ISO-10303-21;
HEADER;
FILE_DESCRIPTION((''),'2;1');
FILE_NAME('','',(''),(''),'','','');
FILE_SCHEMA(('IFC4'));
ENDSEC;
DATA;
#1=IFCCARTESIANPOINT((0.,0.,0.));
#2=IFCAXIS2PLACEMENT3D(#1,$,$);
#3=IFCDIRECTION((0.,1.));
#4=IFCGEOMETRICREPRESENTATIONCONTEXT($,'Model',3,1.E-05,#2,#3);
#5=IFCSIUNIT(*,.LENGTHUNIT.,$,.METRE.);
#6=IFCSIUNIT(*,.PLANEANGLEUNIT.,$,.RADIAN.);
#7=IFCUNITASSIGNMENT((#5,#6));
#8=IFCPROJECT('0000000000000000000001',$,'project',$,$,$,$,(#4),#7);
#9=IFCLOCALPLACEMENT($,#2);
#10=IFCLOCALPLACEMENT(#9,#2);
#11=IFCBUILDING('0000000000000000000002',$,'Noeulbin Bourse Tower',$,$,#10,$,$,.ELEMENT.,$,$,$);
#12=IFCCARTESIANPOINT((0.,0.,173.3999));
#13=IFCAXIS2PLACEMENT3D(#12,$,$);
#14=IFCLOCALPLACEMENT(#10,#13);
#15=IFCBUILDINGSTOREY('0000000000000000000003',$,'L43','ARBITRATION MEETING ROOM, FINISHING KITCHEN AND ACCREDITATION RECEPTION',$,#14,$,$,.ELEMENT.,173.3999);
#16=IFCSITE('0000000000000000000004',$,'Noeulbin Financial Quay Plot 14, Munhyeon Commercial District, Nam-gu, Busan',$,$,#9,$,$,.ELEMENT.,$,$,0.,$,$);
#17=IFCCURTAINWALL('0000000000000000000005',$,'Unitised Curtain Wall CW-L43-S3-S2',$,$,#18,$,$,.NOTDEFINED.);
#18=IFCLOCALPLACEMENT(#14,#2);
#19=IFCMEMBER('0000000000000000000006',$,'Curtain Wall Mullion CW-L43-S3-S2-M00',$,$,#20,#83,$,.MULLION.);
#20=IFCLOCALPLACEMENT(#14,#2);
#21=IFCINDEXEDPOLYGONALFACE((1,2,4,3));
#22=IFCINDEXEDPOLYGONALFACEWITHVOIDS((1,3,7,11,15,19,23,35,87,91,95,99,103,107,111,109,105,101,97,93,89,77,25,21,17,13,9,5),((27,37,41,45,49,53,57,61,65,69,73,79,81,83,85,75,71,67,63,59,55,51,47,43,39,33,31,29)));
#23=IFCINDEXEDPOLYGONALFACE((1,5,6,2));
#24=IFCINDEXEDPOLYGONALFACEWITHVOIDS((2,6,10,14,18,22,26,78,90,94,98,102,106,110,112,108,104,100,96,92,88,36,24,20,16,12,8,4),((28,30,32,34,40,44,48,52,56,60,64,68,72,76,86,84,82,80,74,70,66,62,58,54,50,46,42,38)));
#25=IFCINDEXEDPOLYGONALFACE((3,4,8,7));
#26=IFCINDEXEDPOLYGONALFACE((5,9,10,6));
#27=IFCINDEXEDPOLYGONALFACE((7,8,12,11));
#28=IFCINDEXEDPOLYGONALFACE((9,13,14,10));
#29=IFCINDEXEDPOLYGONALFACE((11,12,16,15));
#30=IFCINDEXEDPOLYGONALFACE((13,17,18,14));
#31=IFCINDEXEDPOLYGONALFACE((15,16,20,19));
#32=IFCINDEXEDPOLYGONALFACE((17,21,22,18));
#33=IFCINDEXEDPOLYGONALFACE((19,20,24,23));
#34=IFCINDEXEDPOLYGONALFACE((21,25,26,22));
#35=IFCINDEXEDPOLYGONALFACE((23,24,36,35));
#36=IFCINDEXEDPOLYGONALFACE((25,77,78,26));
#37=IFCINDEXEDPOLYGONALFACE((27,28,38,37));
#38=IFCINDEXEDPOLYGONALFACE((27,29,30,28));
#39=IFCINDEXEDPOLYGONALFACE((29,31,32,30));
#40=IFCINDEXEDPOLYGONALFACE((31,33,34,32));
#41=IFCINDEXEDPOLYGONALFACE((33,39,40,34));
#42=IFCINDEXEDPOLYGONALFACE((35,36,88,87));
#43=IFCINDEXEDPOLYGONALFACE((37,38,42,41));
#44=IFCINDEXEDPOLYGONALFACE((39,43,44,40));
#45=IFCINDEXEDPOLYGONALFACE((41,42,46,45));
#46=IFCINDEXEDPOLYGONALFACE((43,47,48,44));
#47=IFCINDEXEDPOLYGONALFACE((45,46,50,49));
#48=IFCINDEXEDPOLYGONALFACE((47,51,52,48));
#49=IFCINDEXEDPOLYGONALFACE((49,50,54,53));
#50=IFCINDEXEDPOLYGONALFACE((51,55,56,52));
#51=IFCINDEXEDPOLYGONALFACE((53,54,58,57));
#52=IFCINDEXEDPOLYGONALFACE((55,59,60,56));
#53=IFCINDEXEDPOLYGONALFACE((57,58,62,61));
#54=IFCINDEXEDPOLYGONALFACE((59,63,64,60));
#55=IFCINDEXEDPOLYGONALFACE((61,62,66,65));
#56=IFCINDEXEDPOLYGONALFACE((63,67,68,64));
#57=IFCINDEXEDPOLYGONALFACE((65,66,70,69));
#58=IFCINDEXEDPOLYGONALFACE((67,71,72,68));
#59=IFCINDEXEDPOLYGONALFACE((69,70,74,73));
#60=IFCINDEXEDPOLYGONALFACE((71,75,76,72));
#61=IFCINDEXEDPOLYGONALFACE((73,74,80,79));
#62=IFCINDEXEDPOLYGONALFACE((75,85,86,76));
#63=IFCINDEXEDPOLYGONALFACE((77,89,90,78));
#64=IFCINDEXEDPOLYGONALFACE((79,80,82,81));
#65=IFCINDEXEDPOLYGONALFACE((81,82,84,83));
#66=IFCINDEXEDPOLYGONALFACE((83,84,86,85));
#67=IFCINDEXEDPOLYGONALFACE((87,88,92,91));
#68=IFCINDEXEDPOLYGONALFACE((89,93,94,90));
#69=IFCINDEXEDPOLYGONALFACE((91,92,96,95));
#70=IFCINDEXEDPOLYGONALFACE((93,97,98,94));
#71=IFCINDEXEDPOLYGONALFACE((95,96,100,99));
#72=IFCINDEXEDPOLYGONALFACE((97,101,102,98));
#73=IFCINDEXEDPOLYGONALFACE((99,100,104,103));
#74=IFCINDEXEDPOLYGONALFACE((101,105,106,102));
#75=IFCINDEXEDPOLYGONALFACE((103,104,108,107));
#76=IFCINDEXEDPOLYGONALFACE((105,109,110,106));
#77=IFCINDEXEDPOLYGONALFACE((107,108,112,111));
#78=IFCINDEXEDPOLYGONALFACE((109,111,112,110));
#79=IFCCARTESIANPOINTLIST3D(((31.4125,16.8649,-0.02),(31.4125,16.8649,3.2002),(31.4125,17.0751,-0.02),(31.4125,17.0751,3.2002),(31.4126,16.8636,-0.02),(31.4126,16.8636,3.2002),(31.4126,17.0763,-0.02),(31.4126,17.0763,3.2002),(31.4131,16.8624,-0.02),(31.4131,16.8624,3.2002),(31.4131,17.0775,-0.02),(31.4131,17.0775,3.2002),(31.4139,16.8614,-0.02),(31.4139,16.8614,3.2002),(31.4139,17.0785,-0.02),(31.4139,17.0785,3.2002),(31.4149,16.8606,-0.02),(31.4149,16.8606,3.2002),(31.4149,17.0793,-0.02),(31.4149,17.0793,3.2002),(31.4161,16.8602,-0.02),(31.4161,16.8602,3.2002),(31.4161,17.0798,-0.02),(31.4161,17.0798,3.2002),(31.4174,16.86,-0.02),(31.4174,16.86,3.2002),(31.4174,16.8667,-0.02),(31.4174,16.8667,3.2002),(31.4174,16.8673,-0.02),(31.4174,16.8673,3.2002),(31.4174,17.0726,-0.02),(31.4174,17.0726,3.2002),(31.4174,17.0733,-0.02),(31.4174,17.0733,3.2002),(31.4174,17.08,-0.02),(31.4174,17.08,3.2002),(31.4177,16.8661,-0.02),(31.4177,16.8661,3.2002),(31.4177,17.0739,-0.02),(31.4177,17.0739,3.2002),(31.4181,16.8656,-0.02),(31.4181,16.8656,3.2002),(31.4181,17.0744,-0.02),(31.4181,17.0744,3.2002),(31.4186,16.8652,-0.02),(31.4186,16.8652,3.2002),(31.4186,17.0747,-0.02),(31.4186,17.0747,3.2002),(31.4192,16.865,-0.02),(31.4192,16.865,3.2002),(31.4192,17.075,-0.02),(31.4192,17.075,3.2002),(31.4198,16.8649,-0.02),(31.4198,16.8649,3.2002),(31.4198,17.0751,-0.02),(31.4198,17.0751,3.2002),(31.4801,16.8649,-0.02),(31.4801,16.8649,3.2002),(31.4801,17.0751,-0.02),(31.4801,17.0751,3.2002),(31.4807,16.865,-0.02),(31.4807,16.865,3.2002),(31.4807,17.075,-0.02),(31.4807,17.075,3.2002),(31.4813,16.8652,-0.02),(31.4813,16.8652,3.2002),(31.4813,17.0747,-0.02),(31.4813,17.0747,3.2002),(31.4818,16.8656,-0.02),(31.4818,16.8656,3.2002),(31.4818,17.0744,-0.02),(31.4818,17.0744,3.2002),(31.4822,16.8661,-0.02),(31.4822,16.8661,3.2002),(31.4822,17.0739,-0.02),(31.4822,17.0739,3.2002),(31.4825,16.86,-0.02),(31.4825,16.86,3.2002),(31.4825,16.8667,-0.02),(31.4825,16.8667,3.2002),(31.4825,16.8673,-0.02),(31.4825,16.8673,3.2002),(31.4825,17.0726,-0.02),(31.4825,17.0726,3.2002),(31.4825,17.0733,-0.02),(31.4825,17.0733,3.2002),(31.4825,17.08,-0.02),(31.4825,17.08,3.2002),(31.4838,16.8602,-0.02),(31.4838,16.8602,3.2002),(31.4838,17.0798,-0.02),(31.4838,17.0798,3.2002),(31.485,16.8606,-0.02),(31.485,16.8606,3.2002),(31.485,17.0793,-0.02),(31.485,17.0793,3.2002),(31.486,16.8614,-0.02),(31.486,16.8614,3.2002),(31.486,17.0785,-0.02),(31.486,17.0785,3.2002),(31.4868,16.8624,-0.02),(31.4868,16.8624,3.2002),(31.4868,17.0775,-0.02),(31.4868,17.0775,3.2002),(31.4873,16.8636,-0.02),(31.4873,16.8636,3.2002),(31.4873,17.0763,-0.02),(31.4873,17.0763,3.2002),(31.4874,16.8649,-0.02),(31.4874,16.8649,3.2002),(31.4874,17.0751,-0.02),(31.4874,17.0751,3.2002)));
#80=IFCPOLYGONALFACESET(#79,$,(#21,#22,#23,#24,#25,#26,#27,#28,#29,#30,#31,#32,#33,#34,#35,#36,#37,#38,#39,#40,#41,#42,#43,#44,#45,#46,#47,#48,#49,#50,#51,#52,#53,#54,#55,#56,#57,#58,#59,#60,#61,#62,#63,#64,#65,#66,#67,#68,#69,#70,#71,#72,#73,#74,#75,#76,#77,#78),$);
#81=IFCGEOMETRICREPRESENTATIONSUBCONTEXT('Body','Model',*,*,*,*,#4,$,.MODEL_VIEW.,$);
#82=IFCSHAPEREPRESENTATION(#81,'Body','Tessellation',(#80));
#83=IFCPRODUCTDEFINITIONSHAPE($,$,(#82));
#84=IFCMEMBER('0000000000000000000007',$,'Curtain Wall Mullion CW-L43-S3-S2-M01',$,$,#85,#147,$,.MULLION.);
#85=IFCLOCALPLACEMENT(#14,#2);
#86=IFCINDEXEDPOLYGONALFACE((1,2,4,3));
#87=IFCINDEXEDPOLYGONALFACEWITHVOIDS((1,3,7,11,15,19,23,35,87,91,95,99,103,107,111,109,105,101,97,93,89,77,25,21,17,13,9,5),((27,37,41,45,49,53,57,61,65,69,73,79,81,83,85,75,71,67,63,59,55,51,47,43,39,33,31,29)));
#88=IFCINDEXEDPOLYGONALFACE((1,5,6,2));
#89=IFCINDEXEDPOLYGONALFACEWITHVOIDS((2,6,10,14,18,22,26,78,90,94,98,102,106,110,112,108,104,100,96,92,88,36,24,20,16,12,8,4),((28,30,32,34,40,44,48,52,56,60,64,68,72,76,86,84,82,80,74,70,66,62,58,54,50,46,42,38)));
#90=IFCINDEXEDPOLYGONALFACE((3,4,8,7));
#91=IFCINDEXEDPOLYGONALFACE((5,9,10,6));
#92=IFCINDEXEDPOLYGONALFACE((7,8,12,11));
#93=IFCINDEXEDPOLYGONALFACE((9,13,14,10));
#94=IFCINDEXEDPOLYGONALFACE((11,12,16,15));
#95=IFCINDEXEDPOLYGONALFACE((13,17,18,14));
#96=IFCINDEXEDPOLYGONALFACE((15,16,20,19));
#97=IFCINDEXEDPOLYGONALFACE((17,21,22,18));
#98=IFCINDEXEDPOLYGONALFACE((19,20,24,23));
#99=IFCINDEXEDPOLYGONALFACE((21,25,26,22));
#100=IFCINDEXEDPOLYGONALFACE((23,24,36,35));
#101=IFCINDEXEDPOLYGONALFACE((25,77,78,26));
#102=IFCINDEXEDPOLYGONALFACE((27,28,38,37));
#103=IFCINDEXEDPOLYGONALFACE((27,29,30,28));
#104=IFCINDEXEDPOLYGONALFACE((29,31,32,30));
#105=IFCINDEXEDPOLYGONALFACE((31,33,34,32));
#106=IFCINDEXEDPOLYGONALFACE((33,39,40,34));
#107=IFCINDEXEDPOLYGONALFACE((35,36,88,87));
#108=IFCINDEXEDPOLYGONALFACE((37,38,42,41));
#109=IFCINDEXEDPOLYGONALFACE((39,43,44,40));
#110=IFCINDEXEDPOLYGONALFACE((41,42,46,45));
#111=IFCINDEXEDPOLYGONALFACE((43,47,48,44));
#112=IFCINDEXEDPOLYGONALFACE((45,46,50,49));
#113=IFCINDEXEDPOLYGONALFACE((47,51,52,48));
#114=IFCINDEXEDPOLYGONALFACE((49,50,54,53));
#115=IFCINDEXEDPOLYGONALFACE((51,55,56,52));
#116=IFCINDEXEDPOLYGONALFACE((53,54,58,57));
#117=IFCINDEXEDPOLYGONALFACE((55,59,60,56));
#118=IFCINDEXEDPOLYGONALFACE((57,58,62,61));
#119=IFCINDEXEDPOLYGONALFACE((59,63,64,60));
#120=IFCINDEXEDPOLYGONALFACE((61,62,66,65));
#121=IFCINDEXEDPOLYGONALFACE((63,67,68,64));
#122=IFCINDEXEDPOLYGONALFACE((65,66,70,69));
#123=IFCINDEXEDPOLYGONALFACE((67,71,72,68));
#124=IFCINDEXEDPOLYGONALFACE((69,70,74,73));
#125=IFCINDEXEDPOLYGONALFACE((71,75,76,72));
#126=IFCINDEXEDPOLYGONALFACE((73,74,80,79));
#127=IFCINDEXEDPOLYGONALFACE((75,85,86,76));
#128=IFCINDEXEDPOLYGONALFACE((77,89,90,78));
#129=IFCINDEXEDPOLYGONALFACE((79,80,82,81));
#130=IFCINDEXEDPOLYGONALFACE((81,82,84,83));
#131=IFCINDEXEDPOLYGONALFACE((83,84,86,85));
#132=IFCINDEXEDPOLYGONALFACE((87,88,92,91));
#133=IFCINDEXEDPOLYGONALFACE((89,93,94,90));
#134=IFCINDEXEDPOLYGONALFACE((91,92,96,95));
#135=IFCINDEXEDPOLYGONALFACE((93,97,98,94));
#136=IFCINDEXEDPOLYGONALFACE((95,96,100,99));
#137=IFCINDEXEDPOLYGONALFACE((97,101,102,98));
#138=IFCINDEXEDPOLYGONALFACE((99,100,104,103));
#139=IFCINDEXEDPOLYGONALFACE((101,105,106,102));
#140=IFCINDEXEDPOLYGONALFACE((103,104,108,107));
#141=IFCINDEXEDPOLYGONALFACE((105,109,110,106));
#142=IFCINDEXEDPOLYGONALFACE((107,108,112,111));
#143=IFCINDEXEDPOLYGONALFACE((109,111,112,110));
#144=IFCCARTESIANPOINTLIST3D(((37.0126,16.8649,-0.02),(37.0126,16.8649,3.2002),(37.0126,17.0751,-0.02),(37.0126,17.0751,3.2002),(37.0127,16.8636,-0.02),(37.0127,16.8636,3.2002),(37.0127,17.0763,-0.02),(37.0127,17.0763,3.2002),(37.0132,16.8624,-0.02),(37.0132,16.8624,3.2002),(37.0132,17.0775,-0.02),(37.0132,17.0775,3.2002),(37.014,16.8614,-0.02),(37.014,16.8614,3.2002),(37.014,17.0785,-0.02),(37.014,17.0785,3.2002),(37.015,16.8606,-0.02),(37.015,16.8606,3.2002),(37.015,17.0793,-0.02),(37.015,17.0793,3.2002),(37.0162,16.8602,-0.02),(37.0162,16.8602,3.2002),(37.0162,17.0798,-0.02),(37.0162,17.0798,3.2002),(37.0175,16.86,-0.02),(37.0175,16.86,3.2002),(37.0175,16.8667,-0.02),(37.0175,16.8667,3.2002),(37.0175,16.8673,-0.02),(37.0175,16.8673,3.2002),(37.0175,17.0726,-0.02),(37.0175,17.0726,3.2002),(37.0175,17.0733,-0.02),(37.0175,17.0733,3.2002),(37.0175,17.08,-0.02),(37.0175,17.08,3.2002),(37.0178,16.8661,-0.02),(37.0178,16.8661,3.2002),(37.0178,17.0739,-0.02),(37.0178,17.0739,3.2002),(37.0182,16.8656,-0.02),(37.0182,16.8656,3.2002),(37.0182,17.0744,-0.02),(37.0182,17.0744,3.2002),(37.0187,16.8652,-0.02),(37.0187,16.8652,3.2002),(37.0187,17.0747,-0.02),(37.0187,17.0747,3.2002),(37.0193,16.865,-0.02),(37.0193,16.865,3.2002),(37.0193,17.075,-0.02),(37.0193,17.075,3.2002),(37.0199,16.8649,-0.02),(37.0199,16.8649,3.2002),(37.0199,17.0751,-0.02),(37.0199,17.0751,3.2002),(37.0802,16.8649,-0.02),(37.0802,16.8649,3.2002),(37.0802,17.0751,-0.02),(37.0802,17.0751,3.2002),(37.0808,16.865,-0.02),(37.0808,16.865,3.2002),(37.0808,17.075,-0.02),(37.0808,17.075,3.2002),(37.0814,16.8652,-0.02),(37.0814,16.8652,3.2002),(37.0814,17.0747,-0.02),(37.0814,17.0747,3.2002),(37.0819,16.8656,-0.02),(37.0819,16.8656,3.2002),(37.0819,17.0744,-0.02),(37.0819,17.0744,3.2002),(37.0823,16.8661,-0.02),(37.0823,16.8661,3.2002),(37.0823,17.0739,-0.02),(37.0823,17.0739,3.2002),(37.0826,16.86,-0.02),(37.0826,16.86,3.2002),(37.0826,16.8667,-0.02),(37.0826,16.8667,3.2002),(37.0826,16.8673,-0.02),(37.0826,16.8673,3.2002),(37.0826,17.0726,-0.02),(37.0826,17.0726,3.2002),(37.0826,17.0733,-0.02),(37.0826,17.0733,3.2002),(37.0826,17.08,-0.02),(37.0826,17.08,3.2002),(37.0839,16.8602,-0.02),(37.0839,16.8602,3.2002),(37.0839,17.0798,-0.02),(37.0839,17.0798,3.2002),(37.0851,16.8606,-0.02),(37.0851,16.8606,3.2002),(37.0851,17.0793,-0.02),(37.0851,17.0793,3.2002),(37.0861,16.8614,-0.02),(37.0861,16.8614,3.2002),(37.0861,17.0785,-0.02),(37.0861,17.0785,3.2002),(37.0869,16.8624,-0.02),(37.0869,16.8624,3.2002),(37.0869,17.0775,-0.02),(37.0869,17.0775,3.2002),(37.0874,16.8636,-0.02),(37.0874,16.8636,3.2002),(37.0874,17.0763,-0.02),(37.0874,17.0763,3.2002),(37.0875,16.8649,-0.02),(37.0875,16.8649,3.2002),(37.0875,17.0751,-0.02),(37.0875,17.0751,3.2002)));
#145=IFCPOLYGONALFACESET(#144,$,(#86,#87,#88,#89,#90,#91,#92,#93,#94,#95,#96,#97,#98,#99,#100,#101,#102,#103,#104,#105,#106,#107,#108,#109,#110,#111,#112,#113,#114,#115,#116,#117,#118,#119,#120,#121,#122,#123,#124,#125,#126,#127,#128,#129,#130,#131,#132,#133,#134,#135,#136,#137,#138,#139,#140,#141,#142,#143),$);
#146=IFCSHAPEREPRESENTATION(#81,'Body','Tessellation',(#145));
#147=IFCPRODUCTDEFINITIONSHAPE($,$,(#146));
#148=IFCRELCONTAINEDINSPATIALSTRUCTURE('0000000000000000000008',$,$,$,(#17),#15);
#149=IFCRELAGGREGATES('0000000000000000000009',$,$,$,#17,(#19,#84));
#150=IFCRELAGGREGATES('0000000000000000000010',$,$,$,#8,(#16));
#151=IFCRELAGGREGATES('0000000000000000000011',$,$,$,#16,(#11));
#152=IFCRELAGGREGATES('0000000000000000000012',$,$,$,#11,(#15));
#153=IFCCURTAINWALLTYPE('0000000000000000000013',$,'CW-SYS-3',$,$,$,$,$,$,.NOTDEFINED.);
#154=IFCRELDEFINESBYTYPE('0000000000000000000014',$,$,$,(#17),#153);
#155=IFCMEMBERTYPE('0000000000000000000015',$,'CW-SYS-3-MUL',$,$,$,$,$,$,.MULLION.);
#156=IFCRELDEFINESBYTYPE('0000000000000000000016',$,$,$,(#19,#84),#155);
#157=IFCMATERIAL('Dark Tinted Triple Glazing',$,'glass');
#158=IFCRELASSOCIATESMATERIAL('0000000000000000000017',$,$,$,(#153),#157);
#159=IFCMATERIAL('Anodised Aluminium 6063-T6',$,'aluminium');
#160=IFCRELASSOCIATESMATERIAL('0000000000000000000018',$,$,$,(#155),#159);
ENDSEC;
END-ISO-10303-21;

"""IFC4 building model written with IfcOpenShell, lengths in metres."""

from ifc_helpers import new_model, si_unit, direction, frame, origin, origin_2d, place, context, subcontext, project, spatial, hollow_rectangle, extrude, material, material_profile, profile_set, type_object, element, aggregate, save


model = new_model("IFC4")

# Units and contexts
model_context = context("Model", 3, precision=1e-05, world=origin(), true_north=direction((0.0, 1.0)))
body_context = subcontext(model_context, "Body", "Model", "MODEL_VIEW")
ifc_project = project(units=[si_unit("LENGTHUNIT", "METRE"), si_unit("PLANEANGLEUNIT", "RADIAN")], contexts=[model_context])

# Site, building, storey
site_placement = place(None, origin())
site = spatial("IfcSite", under=ifc_project, at=site_placement, Name="Noeulbin Financial Quay Plot 14, Munhyeon Commercial District, Nam-gu, Busan", CompositionType="ELEMENT", RefElevation=0.0)
building_placement = place(site_placement, origin())
building = spatial("IfcBuilding", under=site, at=building_placement, Name="Noeulbin Bourse Tower", CompositionType="ELEMENT")
storey_placement = place(building_placement, frame((0.0, 0.0, 173.3999)))
storey = spatial("IfcBuildingStorey", under=building, at=storey_placement, Name="L43", Description="ARBITRATION MEETING ROOM, FINISHING KITCHEN AND ACCREDITATION RECEPTION", CompositionType="ELEMENT", Elevation=173.3999)

# Shared definitions
ifc_material_1 = material(Name="Dark Tinted Triple Glazing", Category="glass")
curtain_wall_type = type_object("IfcCurtainWallType", Name="CW-SYS-3", PredefinedType="NOTDEFINED", material=ifc_material_1)
ifc_material_2 = material(Name="Anodised Aluminium 6063-T6", Category="aluminium")
ifc_material_profile_1 = material_profile(ifc_material_2, hollow_rectangle(XDim=0.075, YDim=0.22, WallThickness=0.0049, InnerFilletRadius=0.0024, OuterFilletRadius=0.0049, at=origin_2d()), Name="ALU-MULL-75x220x5", Category="LoadBearing")
ifc_profile_set_1 = profile_set([ifc_material_profile_1], Name="Anodised Aluminium 6063-T6")
member_type_1 = type_object("IfcMemberType", Name="CW-SYS-3-MUL", PredefinedType="MULLION", material=ifc_profile_set_1)

# Curtain wall, members
curtain_wall_1_placement = place(storey_placement, origin())
curtain_wall_1 = element("IfcCurtainWall", 1, at=curtain_wall_1_placement, inside=storey, type_object=curtain_wall_type, Name="Unitised Curtain Wall CW-L43-S3-S2", PredefinedType="NOTDEFINED")
member_1_placement = place(storey_placement, frame((31.45, 16.97, -0.02), z_axis=(0.0, 0.0, 1.0), x_axis=(1.0, 0.0, 0.0)))
member_1 = element("IfcMember", 2, at=member_1_placement, type_object=member_type_1, Name="Curtain Wall Mullion CW-L43-S3-S2-M00", PredefinedType="MULLION", context=body_context, shape_type="SweptSolid", body=[
    extrude(hollow_rectangle(XDim=0.075, YDim=0.22, WallThickness=0.0049, InnerFilletRadius=0.0024, OuterFilletRadius=0.0049, at=origin_2d()), origin(), (0.0, 0.0, 1.0), 3.2202),
])
member_2_placement = place(storey_placement, frame((37.05, 16.97, -0.02), z_axis=(0.0, 0.0, 1.0), x_axis=(1.0, 0.0, 0.0)))
member_2 = element("IfcMember", 3, at=member_2_placement, type_object=member_type_1, Name="Curtain Wall Mullion CW-L43-S3-S2-M01", PredefinedType="MULLION", context=body_context, shape_type="SweptSolid", body=[
    extrude(hollow_rectangle(XDim=0.075, YDim=0.22, WallThickness=0.0049, InnerFilletRadius=0.0024, OuterFilletRadius=0.0049, at=origin_2d()), origin(), (0.0, 0.0, 1.0), 3.2202),
])

aggregate(curtain_wall_1, [member_1, member_2])

save(model, "model.ifc")
